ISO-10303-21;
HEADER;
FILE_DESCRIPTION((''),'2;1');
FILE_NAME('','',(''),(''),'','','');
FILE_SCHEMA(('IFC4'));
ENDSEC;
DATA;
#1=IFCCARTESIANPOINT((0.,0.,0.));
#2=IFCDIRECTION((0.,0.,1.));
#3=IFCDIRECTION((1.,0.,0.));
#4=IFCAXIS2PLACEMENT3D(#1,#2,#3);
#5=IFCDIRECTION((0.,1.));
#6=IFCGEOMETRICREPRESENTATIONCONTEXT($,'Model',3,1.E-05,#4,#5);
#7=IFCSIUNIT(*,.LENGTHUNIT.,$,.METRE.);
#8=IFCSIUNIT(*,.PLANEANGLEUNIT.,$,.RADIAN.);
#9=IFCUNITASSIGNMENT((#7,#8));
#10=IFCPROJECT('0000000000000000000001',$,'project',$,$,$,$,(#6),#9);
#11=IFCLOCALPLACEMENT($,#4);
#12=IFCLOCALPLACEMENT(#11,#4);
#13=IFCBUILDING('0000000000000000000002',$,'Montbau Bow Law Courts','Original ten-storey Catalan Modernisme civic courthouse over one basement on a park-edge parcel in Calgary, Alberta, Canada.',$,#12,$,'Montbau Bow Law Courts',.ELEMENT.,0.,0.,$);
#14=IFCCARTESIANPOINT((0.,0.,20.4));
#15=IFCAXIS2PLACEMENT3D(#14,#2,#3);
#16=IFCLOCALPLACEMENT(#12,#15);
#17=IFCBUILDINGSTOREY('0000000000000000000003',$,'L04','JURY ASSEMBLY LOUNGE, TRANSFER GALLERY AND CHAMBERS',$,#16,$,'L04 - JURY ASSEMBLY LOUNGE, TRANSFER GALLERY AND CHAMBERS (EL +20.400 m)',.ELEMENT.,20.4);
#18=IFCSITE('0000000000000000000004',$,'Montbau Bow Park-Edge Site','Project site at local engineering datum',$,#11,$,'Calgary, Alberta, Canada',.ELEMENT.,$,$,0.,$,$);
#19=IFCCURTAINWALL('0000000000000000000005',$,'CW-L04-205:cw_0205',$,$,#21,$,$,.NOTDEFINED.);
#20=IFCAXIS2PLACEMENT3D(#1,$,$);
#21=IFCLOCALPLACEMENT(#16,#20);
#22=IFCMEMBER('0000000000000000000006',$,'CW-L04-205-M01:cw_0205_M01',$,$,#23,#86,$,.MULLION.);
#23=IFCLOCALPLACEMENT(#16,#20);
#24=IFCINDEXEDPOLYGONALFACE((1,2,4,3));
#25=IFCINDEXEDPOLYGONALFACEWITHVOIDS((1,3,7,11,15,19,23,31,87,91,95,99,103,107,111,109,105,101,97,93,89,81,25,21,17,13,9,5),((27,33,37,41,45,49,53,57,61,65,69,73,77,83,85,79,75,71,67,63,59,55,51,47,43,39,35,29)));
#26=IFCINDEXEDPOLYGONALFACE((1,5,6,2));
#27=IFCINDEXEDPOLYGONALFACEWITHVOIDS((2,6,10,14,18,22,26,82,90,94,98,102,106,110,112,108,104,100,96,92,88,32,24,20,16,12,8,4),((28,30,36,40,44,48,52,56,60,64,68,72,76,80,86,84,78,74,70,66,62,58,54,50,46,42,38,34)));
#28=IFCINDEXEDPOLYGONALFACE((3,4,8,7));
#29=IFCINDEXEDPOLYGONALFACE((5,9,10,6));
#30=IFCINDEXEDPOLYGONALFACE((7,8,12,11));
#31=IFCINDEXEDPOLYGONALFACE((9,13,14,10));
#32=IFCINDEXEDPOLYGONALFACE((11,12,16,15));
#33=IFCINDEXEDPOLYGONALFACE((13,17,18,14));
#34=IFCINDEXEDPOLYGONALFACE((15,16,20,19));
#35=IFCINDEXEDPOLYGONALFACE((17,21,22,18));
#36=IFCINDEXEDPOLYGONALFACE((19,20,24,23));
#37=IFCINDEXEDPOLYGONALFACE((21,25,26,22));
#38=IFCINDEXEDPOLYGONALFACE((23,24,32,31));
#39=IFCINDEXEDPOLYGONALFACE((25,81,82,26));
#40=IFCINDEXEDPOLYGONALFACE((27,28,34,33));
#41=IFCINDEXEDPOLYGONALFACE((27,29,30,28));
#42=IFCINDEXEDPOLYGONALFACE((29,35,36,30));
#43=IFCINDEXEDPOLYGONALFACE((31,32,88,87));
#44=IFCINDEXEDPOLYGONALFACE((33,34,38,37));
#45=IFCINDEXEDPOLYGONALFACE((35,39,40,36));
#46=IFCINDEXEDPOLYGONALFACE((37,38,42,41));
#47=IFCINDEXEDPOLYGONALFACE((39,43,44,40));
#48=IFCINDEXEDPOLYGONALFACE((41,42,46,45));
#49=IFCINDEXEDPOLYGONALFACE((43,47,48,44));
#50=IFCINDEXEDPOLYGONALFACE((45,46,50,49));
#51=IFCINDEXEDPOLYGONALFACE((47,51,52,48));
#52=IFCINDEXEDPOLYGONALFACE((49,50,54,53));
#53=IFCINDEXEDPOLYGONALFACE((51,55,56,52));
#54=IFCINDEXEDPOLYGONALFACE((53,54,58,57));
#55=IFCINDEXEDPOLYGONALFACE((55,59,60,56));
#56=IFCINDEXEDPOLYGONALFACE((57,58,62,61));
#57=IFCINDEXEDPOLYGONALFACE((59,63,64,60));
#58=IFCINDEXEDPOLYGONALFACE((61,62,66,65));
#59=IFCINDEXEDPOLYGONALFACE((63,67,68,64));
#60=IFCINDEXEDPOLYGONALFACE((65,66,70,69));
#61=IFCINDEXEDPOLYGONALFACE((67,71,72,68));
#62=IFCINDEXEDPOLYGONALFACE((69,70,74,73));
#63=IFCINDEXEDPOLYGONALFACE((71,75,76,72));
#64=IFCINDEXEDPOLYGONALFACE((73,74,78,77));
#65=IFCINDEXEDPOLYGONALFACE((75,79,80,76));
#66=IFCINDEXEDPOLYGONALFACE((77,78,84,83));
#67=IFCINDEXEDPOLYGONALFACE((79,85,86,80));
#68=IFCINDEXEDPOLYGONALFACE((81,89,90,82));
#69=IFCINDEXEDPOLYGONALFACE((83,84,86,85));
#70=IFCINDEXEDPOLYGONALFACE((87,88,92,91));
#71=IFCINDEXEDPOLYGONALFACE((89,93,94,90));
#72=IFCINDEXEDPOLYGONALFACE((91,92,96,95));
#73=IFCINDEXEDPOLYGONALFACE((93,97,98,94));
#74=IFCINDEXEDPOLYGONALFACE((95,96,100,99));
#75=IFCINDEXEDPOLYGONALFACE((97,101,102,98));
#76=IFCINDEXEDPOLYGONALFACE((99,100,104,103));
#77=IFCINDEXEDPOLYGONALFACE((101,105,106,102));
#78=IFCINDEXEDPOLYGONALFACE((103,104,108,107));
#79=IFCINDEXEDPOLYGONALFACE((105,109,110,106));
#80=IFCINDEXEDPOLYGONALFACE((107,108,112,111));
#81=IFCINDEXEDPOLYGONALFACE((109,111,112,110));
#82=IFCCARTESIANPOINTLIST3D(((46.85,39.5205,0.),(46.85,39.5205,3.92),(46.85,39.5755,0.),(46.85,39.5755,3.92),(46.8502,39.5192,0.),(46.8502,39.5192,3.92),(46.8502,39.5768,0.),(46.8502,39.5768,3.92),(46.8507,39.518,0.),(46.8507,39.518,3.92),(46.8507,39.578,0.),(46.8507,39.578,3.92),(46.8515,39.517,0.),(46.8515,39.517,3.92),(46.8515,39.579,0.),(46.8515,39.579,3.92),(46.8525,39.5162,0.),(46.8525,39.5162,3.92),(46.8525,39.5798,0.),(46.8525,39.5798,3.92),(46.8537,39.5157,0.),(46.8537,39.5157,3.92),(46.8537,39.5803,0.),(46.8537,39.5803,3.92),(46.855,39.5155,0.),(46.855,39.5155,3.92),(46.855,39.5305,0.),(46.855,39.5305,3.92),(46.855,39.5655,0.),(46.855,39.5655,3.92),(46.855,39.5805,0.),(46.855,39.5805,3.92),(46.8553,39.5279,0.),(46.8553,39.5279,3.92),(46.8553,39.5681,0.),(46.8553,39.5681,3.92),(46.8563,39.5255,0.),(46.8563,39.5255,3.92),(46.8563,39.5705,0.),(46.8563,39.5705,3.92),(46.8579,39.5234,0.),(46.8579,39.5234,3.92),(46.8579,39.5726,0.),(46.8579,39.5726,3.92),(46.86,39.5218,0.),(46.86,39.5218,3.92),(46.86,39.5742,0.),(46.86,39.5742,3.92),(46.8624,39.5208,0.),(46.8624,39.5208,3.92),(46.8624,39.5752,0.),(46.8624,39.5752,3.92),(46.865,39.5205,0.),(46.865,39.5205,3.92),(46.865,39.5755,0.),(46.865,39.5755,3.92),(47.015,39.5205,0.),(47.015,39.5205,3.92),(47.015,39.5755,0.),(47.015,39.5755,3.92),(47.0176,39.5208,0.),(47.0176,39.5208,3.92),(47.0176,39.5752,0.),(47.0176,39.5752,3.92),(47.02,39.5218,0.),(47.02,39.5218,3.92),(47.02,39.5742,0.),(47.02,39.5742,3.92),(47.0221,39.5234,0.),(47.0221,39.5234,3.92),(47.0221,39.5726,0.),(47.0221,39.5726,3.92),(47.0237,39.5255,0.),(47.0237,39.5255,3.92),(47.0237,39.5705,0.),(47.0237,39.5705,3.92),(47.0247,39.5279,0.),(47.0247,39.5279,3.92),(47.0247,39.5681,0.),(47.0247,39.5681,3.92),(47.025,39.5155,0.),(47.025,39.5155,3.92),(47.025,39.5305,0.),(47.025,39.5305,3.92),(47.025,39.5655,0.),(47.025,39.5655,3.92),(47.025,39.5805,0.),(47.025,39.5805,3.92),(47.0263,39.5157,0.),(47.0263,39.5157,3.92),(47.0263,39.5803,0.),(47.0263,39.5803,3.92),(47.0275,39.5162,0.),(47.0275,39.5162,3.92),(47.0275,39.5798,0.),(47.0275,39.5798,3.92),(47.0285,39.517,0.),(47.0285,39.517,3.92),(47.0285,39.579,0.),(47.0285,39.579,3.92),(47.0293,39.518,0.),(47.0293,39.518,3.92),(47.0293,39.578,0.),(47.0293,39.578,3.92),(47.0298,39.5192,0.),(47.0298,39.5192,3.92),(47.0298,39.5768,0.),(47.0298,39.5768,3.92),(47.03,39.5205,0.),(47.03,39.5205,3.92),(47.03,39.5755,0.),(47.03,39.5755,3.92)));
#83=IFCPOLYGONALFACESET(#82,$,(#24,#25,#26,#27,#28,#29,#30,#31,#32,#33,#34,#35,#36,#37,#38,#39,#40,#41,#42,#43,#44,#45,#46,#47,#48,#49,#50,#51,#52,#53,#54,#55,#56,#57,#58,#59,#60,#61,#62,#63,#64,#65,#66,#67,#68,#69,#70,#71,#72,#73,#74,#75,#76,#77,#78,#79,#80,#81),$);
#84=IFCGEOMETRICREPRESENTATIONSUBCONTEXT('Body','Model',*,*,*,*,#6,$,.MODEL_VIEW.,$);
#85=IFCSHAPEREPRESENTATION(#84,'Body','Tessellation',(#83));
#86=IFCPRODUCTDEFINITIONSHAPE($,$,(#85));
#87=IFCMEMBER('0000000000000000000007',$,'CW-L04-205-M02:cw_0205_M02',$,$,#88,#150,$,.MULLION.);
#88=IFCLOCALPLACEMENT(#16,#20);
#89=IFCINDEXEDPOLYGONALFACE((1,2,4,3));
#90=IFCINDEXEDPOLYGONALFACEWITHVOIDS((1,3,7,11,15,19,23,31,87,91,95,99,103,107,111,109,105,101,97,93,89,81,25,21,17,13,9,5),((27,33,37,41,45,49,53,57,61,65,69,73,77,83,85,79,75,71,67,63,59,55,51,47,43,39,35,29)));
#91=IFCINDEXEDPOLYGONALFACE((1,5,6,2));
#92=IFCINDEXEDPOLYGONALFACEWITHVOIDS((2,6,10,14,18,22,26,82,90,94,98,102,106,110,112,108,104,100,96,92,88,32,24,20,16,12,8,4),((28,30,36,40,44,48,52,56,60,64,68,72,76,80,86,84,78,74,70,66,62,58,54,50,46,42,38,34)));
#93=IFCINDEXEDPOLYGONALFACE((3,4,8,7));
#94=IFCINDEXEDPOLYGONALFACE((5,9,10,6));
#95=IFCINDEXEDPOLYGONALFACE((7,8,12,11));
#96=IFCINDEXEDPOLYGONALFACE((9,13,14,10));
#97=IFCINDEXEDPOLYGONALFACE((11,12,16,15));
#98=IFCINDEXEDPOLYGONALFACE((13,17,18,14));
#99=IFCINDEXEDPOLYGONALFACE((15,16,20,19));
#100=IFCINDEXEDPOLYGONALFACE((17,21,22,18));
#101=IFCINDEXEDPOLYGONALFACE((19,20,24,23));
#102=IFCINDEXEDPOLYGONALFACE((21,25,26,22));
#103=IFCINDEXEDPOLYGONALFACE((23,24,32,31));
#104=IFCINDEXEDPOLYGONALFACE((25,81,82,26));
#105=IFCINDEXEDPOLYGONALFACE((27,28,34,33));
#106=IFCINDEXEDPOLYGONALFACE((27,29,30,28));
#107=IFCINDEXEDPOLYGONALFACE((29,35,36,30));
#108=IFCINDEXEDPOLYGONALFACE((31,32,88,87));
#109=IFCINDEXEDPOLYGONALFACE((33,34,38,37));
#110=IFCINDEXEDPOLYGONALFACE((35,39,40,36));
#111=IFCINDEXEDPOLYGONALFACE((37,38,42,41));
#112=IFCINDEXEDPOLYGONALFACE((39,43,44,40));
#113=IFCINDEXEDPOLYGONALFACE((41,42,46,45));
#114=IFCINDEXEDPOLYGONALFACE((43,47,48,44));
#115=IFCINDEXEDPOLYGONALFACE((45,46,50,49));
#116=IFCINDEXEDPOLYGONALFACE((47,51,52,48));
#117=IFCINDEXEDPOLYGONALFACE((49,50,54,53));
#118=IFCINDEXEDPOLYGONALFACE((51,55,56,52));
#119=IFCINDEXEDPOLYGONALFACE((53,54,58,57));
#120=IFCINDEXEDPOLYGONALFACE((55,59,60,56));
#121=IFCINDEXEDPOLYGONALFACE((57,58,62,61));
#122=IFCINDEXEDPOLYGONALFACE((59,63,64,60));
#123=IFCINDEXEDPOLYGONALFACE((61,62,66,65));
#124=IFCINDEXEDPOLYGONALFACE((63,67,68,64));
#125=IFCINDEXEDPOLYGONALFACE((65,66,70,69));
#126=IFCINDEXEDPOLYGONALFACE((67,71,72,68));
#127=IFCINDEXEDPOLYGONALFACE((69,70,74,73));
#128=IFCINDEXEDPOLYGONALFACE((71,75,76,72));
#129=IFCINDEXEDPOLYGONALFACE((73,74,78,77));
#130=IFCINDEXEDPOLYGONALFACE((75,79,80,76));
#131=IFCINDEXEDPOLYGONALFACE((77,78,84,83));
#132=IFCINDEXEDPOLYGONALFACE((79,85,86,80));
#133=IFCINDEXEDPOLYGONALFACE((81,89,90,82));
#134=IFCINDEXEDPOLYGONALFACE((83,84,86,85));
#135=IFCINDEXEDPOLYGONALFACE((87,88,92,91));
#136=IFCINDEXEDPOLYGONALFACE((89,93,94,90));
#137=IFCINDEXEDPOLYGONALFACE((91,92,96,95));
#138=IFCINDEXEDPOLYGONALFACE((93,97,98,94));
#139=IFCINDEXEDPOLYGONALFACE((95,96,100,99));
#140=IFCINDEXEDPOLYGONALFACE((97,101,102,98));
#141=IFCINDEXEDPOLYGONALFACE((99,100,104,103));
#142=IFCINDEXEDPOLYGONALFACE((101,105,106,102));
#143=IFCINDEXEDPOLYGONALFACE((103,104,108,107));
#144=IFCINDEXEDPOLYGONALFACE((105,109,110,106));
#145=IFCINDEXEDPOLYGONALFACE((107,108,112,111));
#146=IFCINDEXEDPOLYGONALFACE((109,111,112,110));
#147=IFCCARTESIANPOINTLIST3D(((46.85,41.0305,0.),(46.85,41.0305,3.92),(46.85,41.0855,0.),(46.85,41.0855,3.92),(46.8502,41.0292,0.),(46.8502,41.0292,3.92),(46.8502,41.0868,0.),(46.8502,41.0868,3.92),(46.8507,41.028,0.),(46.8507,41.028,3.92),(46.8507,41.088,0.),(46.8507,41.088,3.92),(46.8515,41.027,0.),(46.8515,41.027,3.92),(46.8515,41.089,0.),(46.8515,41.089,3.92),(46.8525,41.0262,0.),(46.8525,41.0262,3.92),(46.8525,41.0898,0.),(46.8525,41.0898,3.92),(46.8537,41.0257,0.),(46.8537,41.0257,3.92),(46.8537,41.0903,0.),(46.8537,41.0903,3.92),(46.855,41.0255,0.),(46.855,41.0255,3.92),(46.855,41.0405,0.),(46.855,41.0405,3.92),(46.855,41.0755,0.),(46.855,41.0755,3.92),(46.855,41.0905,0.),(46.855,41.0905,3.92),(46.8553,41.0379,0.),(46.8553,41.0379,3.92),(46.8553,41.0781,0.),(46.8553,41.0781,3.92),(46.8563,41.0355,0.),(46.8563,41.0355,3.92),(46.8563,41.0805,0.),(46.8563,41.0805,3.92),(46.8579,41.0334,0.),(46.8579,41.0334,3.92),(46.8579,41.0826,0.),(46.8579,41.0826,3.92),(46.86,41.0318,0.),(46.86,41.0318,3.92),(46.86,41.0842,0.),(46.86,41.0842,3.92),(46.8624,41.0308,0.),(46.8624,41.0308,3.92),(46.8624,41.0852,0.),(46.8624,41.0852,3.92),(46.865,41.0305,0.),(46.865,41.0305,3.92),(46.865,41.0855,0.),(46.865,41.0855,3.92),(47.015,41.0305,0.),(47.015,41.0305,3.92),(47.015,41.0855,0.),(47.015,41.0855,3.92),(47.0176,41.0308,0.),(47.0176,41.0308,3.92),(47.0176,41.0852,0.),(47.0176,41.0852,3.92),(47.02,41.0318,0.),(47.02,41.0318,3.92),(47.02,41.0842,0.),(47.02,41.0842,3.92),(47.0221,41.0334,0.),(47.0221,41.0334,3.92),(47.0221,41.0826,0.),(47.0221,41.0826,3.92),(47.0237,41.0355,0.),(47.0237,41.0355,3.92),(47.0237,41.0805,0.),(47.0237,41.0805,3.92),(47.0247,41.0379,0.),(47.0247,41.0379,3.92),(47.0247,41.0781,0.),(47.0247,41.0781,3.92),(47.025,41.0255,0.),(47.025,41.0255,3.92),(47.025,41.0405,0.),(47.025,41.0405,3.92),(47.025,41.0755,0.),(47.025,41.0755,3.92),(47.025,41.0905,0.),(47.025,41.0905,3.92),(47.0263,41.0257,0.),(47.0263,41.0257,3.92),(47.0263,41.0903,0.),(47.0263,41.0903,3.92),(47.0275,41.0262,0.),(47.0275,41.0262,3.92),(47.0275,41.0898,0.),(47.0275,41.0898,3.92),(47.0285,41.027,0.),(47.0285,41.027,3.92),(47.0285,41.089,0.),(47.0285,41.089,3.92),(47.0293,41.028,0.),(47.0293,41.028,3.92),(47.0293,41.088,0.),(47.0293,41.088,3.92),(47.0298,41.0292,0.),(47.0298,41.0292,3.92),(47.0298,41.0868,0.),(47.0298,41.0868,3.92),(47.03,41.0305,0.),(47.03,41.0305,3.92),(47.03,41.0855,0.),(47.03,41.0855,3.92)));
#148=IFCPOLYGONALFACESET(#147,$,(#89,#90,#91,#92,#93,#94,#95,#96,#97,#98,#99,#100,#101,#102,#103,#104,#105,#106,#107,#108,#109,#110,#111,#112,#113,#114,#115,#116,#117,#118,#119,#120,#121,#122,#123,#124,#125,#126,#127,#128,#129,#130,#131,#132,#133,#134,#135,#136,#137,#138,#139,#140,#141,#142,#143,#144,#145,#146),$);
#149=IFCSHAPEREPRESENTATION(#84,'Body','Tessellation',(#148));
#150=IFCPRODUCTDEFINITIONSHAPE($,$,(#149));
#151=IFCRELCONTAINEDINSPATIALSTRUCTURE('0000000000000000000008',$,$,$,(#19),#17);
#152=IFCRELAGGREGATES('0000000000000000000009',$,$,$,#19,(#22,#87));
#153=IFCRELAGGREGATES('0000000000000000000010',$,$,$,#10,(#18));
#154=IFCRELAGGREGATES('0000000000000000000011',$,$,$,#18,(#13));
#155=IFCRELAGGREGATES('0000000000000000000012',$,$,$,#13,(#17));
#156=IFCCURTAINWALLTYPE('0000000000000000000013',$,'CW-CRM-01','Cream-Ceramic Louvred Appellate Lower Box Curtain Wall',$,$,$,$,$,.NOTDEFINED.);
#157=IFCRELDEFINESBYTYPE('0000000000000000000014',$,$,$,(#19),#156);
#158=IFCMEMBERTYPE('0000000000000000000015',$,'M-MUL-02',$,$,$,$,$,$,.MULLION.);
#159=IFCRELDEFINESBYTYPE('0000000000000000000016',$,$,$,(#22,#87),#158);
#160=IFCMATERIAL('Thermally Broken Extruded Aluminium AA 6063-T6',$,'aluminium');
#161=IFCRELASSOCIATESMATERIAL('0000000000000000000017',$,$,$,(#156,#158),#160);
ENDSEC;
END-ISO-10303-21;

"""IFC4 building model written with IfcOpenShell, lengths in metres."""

from ifc_helpers import new_model, si_unit, direction, frame, origin_with_axes, origin_2d_with_axis, place, context, subcontext, project, spatial, hollow_rectangle, extrude, material, material_profile, profile_set, type_object, element, aggregate, save


model = new_model("IFC4")

# Units and contexts
model_context = context("Model", 3, precision=1e-05, world=origin_with_axes(), true_north=direction((0.0, 1.0)))
body_context = subcontext(model_context, "Body", "Model", "MODEL_VIEW")
ifc_project = project(units=[si_unit("LENGTHUNIT", "METRE"), si_unit("PLANEANGLEUNIT", "RADIAN")], contexts=[model_context])

# Site, building, storey
site_placement = place(None, origin_with_axes())
site = spatial("IfcSite", under=ifc_project, at=site_placement, Name="Montbau Bow Park-Edge Site", Description="Project site at local engineering datum", LongName="Calgary, Alberta, Canada", CompositionType="ELEMENT", RefElevation=0.0)
building_placement = place(site_placement, origin_with_axes())
building = spatial("IfcBuilding", under=site, at=building_placement, Name="Montbau Bow Law Courts", Description="Original ten-storey Catalan Modernisme civic courthouse over one basement on a park-edge parcel in Calgary, Alberta, Canada.", LongName="Montbau Bow Law Courts", CompositionType="ELEMENT", ElevationOfRefHeight=0.0, ElevationOfTerrain=0.0)
storey_placement = place(building_placement, frame((0.0, 0.0, 20.4), z_axis=(0.0, 0.0, 1.0), x_axis=(1.0, 0.0, 0.0)))
storey = spatial("IfcBuildingStorey", under=building, at=storey_placement, Name="L04", Description="JURY ASSEMBLY LOUNGE, TRANSFER GALLERY AND CHAMBERS", LongName="L04 - JURY ASSEMBLY LOUNGE, TRANSFER GALLERY AND CHAMBERS (EL +20.400 m)", CompositionType="ELEMENT", Elevation=20.4)

# Curtain wall, members
ifc_material_1 = material(Name="Thermally Broken Extruded Aluminium AA 6063-T6", Category="aluminium")
curtain_wall_type = type_object("IfcCurtainWallType", Name="CW-CRM-01", Description="Cream-Ceramic Louvred Appellate Lower Box Curtain Wall", PredefinedType="NOTDEFINED", material=ifc_material_1)
ifc_material_profile_1 = material_profile(ifc_material_1, hollow_rectangle(XDim=0.065, YDim=0.18, WallThickness=0.005, InnerFilletRadius=0.01, OuterFilletRadius=0.005, at=origin_2d_with_axis()), Name="CWM-180X65", Category="Main", Priority=0)
ifc_profile_set_1 = profile_set([ifc_material_profile_1], Name="Thermally Broken Extruded Aluminium AA 6063-T6")
member_type_1 = type_object("IfcMemberType", Name="M-MUL-02", PredefinedType="MULLION", material=ifc_profile_set_1)
curtain_wall_1_placement = place(None, frame((46.94, 39.515, 20.4), z_axis=(0.0, 0.0, 1.0), x_axis=(1.0, 0.0, 0.0)))
curtain_wall_1 = element("IfcCurtainWall", 1, at=curtain_wall_1_placement, inside=storey, type_object=curtain_wall_type, Name="CW-L04-205:cw_0205", PredefinedType="NOTDEFINED")
member_1_placement = place(None, frame((46.94, 39.548, 20.4), z_axis=(0.0, 0.0, 1.0), x_axis=(0.0, 1.0, 0.0)))
member_1 = element("IfcMember", 2, at=member_1_placement, type_object=member_type_1, Name="CW-L04-205-M01:cw_0205_M01", PredefinedType="MULLION", context=body_context, shape_type="SweptSolid", body=[
    extrude(hollow_rectangle(XDim=0.065, YDim=0.18, WallThickness=0.005, InnerFilletRadius=0.01, OuterFilletRadius=0.005, at=origin_2d_with_axis()), origin_with_axes(), (0.0, 0.0, 1.0), 3.92),
])
member_2_placement = place(None, frame((46.94, 41.058, 20.4), z_axis=(0.0, 0.0, 1.0), x_axis=(0.0, 1.0, 0.0)))
member_2 = element("IfcMember", 3, at=member_2_placement, type_object=member_type_1, Name="CW-L04-205-M02:cw_0205_M02", PredefinedType="MULLION", context=body_context, shape_type="SweptSolid", body=[
    extrude(hollow_rectangle(XDim=0.065, YDim=0.18, WallThickness=0.005, InnerFilletRadius=0.01, OuterFilletRadius=0.005, at=origin_2d_with_axis()), origin_with_axes(), (0.0, 0.0, 1.0), 3.92),
])

aggregate(curtain_wall_1, [member_1, member_2])

save(model, "model.ifc")
